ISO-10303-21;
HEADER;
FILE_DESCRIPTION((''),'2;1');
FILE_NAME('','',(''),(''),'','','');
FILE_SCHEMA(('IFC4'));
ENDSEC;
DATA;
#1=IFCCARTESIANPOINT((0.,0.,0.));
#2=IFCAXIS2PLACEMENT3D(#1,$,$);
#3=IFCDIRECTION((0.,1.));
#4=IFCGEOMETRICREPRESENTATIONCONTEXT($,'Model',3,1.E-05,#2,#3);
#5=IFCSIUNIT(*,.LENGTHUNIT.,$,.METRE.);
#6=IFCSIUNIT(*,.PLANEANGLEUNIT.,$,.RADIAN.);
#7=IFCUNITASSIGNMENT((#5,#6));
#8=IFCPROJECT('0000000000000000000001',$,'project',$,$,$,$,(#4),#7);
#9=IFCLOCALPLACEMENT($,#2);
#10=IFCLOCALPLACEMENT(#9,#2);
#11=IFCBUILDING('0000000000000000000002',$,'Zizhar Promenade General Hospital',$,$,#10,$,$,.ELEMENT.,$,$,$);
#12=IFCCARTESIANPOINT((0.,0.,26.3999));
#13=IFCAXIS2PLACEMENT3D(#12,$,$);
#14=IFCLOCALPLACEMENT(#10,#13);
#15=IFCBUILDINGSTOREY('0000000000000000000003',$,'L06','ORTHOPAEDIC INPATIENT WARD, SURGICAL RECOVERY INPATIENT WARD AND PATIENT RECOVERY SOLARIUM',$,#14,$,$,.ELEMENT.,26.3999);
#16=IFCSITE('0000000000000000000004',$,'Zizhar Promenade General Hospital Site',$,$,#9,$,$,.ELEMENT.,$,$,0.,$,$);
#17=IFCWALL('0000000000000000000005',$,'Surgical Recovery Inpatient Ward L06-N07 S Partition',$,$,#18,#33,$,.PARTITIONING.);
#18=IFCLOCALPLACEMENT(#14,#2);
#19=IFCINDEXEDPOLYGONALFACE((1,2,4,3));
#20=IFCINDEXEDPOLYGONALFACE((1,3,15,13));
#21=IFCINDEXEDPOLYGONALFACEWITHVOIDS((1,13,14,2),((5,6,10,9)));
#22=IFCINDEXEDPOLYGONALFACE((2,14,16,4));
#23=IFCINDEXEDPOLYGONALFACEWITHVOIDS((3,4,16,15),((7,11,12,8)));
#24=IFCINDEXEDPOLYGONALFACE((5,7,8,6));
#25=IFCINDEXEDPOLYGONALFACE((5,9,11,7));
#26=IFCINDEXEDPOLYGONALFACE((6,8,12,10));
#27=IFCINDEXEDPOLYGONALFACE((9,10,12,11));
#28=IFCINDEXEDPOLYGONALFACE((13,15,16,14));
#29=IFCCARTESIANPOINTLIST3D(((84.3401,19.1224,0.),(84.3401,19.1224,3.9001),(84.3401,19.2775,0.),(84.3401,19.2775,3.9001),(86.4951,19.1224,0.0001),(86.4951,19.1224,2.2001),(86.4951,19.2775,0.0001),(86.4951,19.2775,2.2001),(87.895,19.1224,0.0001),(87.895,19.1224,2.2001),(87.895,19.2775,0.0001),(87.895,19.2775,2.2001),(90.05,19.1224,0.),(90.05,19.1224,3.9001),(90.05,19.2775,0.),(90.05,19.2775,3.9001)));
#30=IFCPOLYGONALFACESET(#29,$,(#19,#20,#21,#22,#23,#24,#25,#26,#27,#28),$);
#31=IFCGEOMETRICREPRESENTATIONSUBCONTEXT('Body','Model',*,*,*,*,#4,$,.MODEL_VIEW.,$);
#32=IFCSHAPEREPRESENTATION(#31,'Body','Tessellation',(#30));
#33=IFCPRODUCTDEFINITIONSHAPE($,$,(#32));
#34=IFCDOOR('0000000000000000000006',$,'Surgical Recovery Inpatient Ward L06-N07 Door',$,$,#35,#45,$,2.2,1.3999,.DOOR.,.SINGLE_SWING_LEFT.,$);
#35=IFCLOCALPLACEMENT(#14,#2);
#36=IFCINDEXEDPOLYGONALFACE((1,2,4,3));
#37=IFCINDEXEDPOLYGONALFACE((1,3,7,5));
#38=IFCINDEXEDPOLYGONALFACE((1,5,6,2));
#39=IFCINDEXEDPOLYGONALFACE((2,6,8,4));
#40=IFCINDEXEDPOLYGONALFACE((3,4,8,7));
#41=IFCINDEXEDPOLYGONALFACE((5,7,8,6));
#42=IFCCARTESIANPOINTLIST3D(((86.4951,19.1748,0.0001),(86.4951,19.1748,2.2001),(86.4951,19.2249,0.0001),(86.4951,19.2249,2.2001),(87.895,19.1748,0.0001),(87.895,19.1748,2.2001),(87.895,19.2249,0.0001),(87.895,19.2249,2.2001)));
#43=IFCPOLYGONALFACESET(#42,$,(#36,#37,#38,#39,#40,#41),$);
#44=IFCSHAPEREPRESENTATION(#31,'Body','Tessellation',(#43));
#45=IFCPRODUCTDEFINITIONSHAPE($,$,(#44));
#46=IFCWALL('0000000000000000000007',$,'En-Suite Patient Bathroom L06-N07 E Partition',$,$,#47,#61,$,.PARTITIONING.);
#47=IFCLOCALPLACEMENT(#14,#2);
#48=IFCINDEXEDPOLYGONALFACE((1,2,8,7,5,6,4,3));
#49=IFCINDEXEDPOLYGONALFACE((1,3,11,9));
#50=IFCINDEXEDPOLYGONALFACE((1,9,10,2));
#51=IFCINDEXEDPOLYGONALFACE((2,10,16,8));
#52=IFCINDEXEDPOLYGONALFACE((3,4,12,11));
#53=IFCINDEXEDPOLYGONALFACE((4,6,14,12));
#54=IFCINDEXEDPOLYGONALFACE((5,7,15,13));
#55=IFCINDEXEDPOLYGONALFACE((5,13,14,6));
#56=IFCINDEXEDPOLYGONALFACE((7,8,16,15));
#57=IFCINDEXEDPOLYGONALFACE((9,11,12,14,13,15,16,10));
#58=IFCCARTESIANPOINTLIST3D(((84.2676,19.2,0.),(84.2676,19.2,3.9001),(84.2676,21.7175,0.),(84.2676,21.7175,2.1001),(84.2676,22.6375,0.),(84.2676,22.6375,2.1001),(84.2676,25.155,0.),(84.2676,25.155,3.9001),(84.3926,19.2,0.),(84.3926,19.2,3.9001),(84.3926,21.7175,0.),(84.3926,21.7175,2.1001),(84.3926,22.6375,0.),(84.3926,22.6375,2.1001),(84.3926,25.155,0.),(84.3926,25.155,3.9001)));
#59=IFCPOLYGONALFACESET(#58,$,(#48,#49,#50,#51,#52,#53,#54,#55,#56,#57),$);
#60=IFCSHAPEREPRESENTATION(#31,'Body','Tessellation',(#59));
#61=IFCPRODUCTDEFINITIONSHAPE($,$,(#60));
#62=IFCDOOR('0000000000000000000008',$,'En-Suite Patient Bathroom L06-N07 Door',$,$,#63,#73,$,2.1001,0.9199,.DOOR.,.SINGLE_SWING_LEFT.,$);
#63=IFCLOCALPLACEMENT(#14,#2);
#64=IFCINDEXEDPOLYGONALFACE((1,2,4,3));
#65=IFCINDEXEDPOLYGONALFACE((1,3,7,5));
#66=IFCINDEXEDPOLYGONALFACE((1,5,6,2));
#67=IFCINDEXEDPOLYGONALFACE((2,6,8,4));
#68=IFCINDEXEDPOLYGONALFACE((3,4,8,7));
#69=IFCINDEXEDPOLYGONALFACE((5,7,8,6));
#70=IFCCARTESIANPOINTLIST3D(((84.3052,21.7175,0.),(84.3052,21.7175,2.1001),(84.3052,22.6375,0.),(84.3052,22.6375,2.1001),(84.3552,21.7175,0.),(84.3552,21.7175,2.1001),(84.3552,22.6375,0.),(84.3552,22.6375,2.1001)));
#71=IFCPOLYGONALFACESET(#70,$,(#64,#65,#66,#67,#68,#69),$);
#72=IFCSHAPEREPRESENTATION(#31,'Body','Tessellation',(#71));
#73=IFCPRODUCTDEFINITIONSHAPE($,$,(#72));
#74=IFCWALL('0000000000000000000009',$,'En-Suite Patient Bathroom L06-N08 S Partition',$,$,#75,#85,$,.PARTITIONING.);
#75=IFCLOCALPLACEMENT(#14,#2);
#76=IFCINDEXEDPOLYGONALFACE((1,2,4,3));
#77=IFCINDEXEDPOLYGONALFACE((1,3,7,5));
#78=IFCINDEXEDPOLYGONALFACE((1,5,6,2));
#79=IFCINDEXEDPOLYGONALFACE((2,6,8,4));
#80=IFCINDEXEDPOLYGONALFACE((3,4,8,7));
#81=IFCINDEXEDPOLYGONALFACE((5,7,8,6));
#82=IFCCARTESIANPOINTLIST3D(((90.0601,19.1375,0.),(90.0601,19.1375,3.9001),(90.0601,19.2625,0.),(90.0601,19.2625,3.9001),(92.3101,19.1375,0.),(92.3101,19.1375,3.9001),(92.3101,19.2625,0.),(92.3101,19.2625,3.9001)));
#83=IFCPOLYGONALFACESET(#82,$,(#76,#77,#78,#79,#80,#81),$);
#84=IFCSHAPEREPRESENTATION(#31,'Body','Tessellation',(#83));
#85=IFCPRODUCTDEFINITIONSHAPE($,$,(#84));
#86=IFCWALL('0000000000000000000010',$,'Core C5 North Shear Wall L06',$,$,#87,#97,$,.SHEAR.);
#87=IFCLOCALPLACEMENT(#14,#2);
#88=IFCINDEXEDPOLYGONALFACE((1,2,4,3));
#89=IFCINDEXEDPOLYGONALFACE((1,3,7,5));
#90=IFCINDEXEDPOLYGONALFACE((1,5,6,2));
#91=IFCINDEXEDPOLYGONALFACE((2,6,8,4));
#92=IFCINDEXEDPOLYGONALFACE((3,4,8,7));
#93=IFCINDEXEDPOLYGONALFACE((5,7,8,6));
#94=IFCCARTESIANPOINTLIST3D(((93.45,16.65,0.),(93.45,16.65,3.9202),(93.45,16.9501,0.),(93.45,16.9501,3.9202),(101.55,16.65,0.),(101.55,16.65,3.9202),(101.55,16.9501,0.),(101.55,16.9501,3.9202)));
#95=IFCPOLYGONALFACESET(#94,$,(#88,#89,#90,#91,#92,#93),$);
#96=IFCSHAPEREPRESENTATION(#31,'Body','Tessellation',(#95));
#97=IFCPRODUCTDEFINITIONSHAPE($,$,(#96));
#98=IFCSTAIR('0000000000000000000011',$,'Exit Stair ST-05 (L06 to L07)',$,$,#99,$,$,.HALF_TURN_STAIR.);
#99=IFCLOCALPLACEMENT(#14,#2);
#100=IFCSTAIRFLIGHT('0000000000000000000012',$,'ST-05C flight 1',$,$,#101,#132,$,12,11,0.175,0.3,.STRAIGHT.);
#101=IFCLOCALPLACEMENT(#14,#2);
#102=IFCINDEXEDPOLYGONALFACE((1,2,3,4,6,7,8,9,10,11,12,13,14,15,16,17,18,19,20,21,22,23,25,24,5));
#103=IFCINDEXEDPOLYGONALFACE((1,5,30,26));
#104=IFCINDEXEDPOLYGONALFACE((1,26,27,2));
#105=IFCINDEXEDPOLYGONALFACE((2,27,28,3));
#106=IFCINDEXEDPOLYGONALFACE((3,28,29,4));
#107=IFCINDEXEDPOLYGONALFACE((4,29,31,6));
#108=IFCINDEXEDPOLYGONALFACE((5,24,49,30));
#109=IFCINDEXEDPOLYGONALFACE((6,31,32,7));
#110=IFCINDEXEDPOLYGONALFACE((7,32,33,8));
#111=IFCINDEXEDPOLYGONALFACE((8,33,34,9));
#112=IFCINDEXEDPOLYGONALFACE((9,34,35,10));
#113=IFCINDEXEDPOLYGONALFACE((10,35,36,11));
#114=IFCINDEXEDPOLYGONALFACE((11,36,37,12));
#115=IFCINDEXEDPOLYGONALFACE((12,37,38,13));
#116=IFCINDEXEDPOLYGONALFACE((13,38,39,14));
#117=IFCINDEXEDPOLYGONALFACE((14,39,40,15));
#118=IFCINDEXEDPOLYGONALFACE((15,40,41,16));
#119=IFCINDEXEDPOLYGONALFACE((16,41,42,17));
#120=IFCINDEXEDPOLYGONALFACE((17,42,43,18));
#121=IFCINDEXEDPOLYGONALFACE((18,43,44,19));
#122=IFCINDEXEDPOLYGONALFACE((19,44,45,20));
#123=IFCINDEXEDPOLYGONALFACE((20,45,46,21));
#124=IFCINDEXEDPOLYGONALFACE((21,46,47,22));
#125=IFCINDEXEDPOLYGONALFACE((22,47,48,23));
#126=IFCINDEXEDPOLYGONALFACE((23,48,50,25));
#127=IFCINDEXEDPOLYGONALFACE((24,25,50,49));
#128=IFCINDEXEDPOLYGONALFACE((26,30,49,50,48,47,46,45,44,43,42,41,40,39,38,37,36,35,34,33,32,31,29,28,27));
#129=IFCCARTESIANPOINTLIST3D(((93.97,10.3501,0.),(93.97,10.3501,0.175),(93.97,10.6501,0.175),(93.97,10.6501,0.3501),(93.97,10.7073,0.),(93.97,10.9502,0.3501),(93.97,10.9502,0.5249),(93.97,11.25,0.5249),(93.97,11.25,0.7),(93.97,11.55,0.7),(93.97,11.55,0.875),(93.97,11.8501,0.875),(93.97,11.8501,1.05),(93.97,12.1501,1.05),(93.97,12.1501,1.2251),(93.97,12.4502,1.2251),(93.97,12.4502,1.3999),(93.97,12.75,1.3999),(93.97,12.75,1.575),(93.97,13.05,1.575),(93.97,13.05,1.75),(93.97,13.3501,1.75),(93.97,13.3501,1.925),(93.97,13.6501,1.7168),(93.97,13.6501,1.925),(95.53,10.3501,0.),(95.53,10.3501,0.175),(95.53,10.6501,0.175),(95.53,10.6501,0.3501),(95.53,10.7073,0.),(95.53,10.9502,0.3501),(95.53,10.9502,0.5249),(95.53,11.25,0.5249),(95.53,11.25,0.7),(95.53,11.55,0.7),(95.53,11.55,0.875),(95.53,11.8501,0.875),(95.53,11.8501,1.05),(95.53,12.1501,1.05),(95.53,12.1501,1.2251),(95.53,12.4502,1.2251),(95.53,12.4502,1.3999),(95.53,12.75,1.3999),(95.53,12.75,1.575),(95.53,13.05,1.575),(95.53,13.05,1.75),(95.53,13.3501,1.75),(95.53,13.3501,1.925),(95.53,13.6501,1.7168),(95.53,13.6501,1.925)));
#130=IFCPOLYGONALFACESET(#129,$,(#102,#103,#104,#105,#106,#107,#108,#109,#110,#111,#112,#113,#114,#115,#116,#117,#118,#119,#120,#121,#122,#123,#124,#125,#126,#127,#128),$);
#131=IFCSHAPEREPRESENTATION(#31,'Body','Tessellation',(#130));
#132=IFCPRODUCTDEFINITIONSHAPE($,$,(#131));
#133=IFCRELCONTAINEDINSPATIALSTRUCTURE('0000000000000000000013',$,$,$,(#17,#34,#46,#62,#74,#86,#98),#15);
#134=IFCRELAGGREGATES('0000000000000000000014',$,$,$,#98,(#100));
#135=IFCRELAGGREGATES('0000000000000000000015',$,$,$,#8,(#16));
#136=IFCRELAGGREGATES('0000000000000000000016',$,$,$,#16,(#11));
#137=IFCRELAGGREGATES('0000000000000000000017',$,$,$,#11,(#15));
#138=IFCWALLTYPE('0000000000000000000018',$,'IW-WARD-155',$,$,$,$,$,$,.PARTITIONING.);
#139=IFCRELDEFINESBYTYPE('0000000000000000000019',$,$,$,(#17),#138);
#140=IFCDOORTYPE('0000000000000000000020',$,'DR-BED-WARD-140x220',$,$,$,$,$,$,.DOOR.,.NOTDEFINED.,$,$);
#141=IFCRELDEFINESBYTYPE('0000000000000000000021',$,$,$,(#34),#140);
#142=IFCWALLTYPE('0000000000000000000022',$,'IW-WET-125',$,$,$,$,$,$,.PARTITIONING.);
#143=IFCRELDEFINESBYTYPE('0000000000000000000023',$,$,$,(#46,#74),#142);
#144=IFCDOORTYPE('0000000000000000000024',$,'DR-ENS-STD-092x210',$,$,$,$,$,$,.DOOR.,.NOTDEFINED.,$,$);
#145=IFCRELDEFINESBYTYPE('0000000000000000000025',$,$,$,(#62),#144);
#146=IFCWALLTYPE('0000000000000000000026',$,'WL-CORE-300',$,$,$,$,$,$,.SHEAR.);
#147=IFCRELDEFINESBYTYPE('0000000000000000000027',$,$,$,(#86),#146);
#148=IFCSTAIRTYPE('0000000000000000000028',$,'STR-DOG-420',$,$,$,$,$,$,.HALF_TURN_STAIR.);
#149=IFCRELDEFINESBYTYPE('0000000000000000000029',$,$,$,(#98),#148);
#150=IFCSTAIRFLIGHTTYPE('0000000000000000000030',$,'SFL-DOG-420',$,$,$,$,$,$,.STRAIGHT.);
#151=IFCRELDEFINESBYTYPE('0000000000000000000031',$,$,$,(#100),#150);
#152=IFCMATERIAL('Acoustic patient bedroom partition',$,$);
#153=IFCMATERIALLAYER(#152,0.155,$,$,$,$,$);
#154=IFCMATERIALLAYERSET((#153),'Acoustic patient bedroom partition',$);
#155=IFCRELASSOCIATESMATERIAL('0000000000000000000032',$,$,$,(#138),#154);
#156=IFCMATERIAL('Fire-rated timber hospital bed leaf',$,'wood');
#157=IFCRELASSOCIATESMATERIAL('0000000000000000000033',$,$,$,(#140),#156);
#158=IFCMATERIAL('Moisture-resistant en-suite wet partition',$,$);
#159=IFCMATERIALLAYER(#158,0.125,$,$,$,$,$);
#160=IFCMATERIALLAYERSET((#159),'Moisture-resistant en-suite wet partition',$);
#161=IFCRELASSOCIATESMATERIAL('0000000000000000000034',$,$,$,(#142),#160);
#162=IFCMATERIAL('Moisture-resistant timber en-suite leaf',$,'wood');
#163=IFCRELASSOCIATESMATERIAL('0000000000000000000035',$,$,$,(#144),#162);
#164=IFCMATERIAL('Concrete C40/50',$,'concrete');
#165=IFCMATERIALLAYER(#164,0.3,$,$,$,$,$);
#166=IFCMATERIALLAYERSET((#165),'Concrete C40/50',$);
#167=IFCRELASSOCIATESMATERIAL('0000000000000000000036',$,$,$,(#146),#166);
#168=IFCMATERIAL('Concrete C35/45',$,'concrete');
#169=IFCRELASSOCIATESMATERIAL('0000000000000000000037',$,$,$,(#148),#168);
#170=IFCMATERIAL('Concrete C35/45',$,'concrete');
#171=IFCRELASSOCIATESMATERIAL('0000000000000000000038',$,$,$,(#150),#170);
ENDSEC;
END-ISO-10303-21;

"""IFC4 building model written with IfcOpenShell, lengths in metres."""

from ifc_helpers import new_model, si_unit, direction, frame, frame_2d, origin, place, context, subcontext, project, spatial, polyline, rectangle, outline, extrude, material, layer, layer_set, type_object, element, fill, aggregate, save


model = new_model("IFC4")

# Units and contexts
model_context = context("Model", 3, precision=1e-05, world=origin(), true_north=direction((0.0, 1.0)))
body_context = subcontext(model_context, "Body", "Model", "MODEL_VIEW")
ifc_project = project(units=[si_unit("LENGTHUNIT", "METRE"), si_unit("PLANEANGLEUNIT", "RADIAN")], contexts=[model_context])

# Site, building, storey
site_placement = place(None, origin())
site = spatial("IfcSite", under=ifc_project, at=site_placement, Name="Zizhar Promenade General Hospital Site", CompositionType="ELEMENT", RefElevation=0.0)
building_placement = place(site_placement, origin())
building = spatial("IfcBuilding", under=site, at=building_placement, Name="Zizhar Promenade General Hospital", CompositionType="ELEMENT")
storey_placement = place(building_placement, frame((0.0, 0.0, 26.3999)))
storey = spatial("IfcBuildingStorey", under=building, at=storey_placement, Name="L06", Description="ORTHOPAEDIC INPATIENT WARD, SURGICAL RECOVERY INPATIENT WARD AND PATIENT RECOVERY SOLARIUM", CompositionType="ELEMENT", Elevation=26.3999)

# Walls, openings, doors
ifc_material_1 = material(Name="Acoustic patient bedroom partition")
ifc_layer_1 = layer(ifc_material_1, 0.155)
ifc_layer_set_1 = layer_set([ifc_layer_1], Name="Acoustic patient bedroom partition")
wall_type_1 = type_object("IfcWallType", Name="IW-WARD-155", PredefinedType="PARTITIONING", material=ifc_layer_set_1)
wall_1_placement = place(storey_placement, frame((84.3401, 19.2, 0.0), z_axis=(0.0, 0.0, 1.0), x_axis=(1.0, 0.0, 0.0)))
wall_1 = element("IfcWall", 1, at=wall_1_placement, inside=storey, type_object=wall_type_1, Name="Surgical Recovery Inpatient Ward L06-N07 S Partition", PredefinedType="PARTITIONING", context=body_context, shape_type="SweptSolid", body=[
    extrude(rectangle(XDim=5.71, YDim=0.155, at=frame_2d((2.855, 0.0))), origin(), (0.0, 0.0, 1.0), 3.9001),
])
opening_1_placement = place(wall_1_placement, frame((2.155, 0.0, 0.0)))
opening_1 = element("IfcOpeningElement", 2, at=opening_1_placement, cuts=wall_1, PredefinedType="OPENING", context=body_context, shape_type="SweptSolid", body=[
    extrude(rectangle(XDim=1.3999, YDim=2.2, at=frame_2d((0.7, 1.1001))), frame((0.0, 0.0874, 0.0), z_axis=(0.0, -1.0, 0.0), x_axis=(1.0, 0.0, 0.0)), (0.0, 0.0, 1.0), 0.175),
])
ifc_material_2 = material(Name="Fire-rated timber hospital bed leaf", Category="wood")
door_type_1 = type_object("IfcDoorType", Name="DR-BED-WARD-140x220", OperationType="NOTDEFINED", PredefinedType="DOOR", material=ifc_material_2)
door_1_placement = place(opening_1_placement, origin())
door_1 = element("IfcDoor", 3, at=door_1_placement, inside=storey, type_object=door_type_1, Name="Surgical Recovery Inpatient Ward L06-N07 Door", OperationType="SINGLE_SWING_LEFT", OverallHeight=2.2, OverallWidth=1.3999, PredefinedType="DOOR", context=body_context, shape_type="SweptSolid", body=[
    extrude(rectangle(XDim=1.3999, YDim=2.2, at=frame_2d((0.7, 1.1001))), frame((0.0, 0.0249, 0.0), z_axis=(0.0, -1.0, 0.0), x_axis=(1.0, 0.0, 0.0)), (0.0, 0.0, 1.0), 0.05),
])
fill(opening_1, door_1)
ifc_material_3 = material(Name="Moisture-resistant en-suite wet partition")
ifc_layer_2 = layer(ifc_material_3, 0.125)
ifc_layer_set_2 = layer_set([ifc_layer_2], Name="Moisture-resistant en-suite wet partition")
wall_type_2 = type_object("IfcWallType", Name="IW-WET-125", PredefinedType="PARTITIONING", material=ifc_layer_set_2)
wall_2_placement = place(storey_placement, frame((84.3301, 19.2, 0.0), z_axis=(0.0, 0.0, 1.0), x_axis=(0.0, 1.0, 0.0)))
wall_2 = element("IfcWall", 4, at=wall_2_placement, inside=storey, type_object=wall_type_2, Name="En-Suite Patient Bathroom L06-N07 E Partition", PredefinedType="PARTITIONING", context=body_context, shape_type="SweptSolid", body=[
    extrude(rectangle(XDim=5.9551, YDim=0.125, at=frame_2d((2.9775, 0.0))), origin(), (0.0, 0.0, 1.0), 3.9001),
])
opening_2_placement = place(wall_2_placement, frame((2.5176, 0.0, 0.0)))
opening_2 = element("IfcOpeningElement", 5, at=opening_2_placement, cuts=wall_2, PredefinedType="OPENING", context=body_context, shape_type="SweptSolid", body=[
    extrude(rectangle(XDim=0.9199, YDim=2.1001, at=frame_2d((0.46, 1.05))), frame((0.0, 0.0725, 0.0), z_axis=(0.0, -1.0, 0.0), x_axis=(1.0, 0.0, 0.0)), (0.0, 0.0, 1.0), 0.145),
])
ifc_material_4 = material(Name="Moisture-resistant timber en-suite leaf", Category="wood")
door_type_2 = type_object("IfcDoorType", Name="DR-ENS-STD-092x210", OperationType="NOTDEFINED", PredefinedType="DOOR", material=ifc_material_4)
door_2_placement = place(opening_2_placement, origin())
door_2 = element("IfcDoor", 6, at=door_2_placement, inside=storey, type_object=door_type_2, Name="En-Suite Patient Bathroom L06-N07 Door", OperationType="SINGLE_SWING_LEFT", OverallHeight=2.1001, OverallWidth=0.9199, PredefinedType="DOOR", context=body_context, shape_type="SweptSolid", body=[
    extrude(rectangle(XDim=0.9199, YDim=2.1001, at=frame_2d((0.46, 1.05))), frame((0.0, 0.0249, 0.0), z_axis=(0.0, -1.0, 0.0), x_axis=(1.0, 0.0, 0.0)), (0.0, 0.0, 1.0), 0.05),
])
fill(opening_2, door_2)

# Walls
wall_3_placement = place(storey_placement, frame((90.0601, 19.2, 0.0), z_axis=(0.0, 0.0, 1.0), x_axis=(1.0, 0.0, 0.0)))
element("IfcWall", 7, at=wall_3_placement, inside=storey, type_object=wall_type_2, Name="En-Suite Patient Bathroom L06-N08 S Partition", PredefinedType="PARTITIONING", context=body_context, shape_type="SweptSolid", body=[
    extrude(rectangle(XDim=2.25, YDim=0.125, at=frame_2d((1.125, 0.0))), origin(), (0.0, 0.0, 1.0), 3.9001),
])
ifc_material_5 = material(Name="Concrete C40/50", Category="concrete")
ifc_layer_3 = layer(ifc_material_5, 0.3)
ifc_layer_set_3 = layer_set([ifc_layer_3], Name="Concrete C40/50")
wall_type_3 = type_object("IfcWallType", Name="WL-CORE-300", PredefinedType="SHEAR", material=ifc_layer_set_3)
wall_4_placement = place(storey_placement, frame((93.45, 16.8, 0.0), z_axis=(0.0, 0.0, 1.0), x_axis=(1.0, 0.0, 0.0)))
element("IfcWall", 8, at=wall_4_placement, inside=storey, type_object=wall_type_3, Name="Core C5 North Shear Wall L06", PredefinedType="SHEAR", context=body_context, shape_type="SweptSolid", body=[
    extrude(rectangle(XDim=8.1001, YDim=0.3, at=frame_2d((4.05, 0.0))), origin(), (0.0, 0.0, 1.0), 3.9202),
])

# Stair, stair flight
ifc_material_6 = material(Name="Concrete C35/45", Category="concrete")
stair_type = type_object("IfcStairType", Name="STR-DOG-420", PredefinedType="HALF_TURN_STAIR", material=ifc_material_6)
stair_placement = place(storey_placement, origin())
stair = element("IfcStair", 9, at=stair_placement, inside=storey, type_object=stair_type, Name="Exit Stair ST-05 (L06 to L07)", PredefinedType="HALF_TURN_STAIR")
ifc_material_7 = material(Name="Concrete C35/45", Category="concrete")
stair_flight_type = type_object("IfcStairFlightType", Name="SFL-DOG-420", PredefinedType="STRAIGHT", material=ifc_material_7)
stair_flight_placement = place(storey_placement, frame((94.75, 10.3501, 0.0), z_axis=(0.0, 0.0, 1.0), x_axis=(0.0, 1.0, 0.0)))
stair_flight = element("IfcStairFlight", 10, at=stair_flight_placement, type_object=stair_flight_type, Name="ST-05C flight 1", NumberOfRisers=12, NumberOfTreads=11, PredefinedType="STRAIGHT", RiserHeight=0.175, TreadLength=0.3, context=body_context, shape_type="SweptSolid", body=[
    extrude(outline(polyline([(0.0, 0.0), (0.0, 0.175), (0.3, 0.175), (0.3, 0.3501), (0.6001, 0.3501), (0.6001, 0.5249), (0.8999, 0.5249), (0.8999, 0.7), (1.2, 0.7), (1.2, 0.875), (1.5, 0.875), (1.5, 1.05), (1.8, 1.05), (1.8, 1.2251), (2.1001, 1.2251), (2.1001, 1.3999), (2.3999, 1.3999), (2.3999, 1.575), (2.7, 1.575), (2.7, 1.75), (3.0, 1.75), (3.0, 1.925), (3.3, 1.925), (3.3, 2.1001), (3.3, 1.7168), (0.3572, 0.0), (0.0, 0.0)])), frame((0.0, 0.78, 0.0), z_axis=(0.0, -1.0, 0.0), x_axis=(1.0, 0.0, 0.0)), (0.0, 0.0, 1.0), 1.5601),
])
aggregate(stair, [stair_flight])

save(model, "model.ifc")
